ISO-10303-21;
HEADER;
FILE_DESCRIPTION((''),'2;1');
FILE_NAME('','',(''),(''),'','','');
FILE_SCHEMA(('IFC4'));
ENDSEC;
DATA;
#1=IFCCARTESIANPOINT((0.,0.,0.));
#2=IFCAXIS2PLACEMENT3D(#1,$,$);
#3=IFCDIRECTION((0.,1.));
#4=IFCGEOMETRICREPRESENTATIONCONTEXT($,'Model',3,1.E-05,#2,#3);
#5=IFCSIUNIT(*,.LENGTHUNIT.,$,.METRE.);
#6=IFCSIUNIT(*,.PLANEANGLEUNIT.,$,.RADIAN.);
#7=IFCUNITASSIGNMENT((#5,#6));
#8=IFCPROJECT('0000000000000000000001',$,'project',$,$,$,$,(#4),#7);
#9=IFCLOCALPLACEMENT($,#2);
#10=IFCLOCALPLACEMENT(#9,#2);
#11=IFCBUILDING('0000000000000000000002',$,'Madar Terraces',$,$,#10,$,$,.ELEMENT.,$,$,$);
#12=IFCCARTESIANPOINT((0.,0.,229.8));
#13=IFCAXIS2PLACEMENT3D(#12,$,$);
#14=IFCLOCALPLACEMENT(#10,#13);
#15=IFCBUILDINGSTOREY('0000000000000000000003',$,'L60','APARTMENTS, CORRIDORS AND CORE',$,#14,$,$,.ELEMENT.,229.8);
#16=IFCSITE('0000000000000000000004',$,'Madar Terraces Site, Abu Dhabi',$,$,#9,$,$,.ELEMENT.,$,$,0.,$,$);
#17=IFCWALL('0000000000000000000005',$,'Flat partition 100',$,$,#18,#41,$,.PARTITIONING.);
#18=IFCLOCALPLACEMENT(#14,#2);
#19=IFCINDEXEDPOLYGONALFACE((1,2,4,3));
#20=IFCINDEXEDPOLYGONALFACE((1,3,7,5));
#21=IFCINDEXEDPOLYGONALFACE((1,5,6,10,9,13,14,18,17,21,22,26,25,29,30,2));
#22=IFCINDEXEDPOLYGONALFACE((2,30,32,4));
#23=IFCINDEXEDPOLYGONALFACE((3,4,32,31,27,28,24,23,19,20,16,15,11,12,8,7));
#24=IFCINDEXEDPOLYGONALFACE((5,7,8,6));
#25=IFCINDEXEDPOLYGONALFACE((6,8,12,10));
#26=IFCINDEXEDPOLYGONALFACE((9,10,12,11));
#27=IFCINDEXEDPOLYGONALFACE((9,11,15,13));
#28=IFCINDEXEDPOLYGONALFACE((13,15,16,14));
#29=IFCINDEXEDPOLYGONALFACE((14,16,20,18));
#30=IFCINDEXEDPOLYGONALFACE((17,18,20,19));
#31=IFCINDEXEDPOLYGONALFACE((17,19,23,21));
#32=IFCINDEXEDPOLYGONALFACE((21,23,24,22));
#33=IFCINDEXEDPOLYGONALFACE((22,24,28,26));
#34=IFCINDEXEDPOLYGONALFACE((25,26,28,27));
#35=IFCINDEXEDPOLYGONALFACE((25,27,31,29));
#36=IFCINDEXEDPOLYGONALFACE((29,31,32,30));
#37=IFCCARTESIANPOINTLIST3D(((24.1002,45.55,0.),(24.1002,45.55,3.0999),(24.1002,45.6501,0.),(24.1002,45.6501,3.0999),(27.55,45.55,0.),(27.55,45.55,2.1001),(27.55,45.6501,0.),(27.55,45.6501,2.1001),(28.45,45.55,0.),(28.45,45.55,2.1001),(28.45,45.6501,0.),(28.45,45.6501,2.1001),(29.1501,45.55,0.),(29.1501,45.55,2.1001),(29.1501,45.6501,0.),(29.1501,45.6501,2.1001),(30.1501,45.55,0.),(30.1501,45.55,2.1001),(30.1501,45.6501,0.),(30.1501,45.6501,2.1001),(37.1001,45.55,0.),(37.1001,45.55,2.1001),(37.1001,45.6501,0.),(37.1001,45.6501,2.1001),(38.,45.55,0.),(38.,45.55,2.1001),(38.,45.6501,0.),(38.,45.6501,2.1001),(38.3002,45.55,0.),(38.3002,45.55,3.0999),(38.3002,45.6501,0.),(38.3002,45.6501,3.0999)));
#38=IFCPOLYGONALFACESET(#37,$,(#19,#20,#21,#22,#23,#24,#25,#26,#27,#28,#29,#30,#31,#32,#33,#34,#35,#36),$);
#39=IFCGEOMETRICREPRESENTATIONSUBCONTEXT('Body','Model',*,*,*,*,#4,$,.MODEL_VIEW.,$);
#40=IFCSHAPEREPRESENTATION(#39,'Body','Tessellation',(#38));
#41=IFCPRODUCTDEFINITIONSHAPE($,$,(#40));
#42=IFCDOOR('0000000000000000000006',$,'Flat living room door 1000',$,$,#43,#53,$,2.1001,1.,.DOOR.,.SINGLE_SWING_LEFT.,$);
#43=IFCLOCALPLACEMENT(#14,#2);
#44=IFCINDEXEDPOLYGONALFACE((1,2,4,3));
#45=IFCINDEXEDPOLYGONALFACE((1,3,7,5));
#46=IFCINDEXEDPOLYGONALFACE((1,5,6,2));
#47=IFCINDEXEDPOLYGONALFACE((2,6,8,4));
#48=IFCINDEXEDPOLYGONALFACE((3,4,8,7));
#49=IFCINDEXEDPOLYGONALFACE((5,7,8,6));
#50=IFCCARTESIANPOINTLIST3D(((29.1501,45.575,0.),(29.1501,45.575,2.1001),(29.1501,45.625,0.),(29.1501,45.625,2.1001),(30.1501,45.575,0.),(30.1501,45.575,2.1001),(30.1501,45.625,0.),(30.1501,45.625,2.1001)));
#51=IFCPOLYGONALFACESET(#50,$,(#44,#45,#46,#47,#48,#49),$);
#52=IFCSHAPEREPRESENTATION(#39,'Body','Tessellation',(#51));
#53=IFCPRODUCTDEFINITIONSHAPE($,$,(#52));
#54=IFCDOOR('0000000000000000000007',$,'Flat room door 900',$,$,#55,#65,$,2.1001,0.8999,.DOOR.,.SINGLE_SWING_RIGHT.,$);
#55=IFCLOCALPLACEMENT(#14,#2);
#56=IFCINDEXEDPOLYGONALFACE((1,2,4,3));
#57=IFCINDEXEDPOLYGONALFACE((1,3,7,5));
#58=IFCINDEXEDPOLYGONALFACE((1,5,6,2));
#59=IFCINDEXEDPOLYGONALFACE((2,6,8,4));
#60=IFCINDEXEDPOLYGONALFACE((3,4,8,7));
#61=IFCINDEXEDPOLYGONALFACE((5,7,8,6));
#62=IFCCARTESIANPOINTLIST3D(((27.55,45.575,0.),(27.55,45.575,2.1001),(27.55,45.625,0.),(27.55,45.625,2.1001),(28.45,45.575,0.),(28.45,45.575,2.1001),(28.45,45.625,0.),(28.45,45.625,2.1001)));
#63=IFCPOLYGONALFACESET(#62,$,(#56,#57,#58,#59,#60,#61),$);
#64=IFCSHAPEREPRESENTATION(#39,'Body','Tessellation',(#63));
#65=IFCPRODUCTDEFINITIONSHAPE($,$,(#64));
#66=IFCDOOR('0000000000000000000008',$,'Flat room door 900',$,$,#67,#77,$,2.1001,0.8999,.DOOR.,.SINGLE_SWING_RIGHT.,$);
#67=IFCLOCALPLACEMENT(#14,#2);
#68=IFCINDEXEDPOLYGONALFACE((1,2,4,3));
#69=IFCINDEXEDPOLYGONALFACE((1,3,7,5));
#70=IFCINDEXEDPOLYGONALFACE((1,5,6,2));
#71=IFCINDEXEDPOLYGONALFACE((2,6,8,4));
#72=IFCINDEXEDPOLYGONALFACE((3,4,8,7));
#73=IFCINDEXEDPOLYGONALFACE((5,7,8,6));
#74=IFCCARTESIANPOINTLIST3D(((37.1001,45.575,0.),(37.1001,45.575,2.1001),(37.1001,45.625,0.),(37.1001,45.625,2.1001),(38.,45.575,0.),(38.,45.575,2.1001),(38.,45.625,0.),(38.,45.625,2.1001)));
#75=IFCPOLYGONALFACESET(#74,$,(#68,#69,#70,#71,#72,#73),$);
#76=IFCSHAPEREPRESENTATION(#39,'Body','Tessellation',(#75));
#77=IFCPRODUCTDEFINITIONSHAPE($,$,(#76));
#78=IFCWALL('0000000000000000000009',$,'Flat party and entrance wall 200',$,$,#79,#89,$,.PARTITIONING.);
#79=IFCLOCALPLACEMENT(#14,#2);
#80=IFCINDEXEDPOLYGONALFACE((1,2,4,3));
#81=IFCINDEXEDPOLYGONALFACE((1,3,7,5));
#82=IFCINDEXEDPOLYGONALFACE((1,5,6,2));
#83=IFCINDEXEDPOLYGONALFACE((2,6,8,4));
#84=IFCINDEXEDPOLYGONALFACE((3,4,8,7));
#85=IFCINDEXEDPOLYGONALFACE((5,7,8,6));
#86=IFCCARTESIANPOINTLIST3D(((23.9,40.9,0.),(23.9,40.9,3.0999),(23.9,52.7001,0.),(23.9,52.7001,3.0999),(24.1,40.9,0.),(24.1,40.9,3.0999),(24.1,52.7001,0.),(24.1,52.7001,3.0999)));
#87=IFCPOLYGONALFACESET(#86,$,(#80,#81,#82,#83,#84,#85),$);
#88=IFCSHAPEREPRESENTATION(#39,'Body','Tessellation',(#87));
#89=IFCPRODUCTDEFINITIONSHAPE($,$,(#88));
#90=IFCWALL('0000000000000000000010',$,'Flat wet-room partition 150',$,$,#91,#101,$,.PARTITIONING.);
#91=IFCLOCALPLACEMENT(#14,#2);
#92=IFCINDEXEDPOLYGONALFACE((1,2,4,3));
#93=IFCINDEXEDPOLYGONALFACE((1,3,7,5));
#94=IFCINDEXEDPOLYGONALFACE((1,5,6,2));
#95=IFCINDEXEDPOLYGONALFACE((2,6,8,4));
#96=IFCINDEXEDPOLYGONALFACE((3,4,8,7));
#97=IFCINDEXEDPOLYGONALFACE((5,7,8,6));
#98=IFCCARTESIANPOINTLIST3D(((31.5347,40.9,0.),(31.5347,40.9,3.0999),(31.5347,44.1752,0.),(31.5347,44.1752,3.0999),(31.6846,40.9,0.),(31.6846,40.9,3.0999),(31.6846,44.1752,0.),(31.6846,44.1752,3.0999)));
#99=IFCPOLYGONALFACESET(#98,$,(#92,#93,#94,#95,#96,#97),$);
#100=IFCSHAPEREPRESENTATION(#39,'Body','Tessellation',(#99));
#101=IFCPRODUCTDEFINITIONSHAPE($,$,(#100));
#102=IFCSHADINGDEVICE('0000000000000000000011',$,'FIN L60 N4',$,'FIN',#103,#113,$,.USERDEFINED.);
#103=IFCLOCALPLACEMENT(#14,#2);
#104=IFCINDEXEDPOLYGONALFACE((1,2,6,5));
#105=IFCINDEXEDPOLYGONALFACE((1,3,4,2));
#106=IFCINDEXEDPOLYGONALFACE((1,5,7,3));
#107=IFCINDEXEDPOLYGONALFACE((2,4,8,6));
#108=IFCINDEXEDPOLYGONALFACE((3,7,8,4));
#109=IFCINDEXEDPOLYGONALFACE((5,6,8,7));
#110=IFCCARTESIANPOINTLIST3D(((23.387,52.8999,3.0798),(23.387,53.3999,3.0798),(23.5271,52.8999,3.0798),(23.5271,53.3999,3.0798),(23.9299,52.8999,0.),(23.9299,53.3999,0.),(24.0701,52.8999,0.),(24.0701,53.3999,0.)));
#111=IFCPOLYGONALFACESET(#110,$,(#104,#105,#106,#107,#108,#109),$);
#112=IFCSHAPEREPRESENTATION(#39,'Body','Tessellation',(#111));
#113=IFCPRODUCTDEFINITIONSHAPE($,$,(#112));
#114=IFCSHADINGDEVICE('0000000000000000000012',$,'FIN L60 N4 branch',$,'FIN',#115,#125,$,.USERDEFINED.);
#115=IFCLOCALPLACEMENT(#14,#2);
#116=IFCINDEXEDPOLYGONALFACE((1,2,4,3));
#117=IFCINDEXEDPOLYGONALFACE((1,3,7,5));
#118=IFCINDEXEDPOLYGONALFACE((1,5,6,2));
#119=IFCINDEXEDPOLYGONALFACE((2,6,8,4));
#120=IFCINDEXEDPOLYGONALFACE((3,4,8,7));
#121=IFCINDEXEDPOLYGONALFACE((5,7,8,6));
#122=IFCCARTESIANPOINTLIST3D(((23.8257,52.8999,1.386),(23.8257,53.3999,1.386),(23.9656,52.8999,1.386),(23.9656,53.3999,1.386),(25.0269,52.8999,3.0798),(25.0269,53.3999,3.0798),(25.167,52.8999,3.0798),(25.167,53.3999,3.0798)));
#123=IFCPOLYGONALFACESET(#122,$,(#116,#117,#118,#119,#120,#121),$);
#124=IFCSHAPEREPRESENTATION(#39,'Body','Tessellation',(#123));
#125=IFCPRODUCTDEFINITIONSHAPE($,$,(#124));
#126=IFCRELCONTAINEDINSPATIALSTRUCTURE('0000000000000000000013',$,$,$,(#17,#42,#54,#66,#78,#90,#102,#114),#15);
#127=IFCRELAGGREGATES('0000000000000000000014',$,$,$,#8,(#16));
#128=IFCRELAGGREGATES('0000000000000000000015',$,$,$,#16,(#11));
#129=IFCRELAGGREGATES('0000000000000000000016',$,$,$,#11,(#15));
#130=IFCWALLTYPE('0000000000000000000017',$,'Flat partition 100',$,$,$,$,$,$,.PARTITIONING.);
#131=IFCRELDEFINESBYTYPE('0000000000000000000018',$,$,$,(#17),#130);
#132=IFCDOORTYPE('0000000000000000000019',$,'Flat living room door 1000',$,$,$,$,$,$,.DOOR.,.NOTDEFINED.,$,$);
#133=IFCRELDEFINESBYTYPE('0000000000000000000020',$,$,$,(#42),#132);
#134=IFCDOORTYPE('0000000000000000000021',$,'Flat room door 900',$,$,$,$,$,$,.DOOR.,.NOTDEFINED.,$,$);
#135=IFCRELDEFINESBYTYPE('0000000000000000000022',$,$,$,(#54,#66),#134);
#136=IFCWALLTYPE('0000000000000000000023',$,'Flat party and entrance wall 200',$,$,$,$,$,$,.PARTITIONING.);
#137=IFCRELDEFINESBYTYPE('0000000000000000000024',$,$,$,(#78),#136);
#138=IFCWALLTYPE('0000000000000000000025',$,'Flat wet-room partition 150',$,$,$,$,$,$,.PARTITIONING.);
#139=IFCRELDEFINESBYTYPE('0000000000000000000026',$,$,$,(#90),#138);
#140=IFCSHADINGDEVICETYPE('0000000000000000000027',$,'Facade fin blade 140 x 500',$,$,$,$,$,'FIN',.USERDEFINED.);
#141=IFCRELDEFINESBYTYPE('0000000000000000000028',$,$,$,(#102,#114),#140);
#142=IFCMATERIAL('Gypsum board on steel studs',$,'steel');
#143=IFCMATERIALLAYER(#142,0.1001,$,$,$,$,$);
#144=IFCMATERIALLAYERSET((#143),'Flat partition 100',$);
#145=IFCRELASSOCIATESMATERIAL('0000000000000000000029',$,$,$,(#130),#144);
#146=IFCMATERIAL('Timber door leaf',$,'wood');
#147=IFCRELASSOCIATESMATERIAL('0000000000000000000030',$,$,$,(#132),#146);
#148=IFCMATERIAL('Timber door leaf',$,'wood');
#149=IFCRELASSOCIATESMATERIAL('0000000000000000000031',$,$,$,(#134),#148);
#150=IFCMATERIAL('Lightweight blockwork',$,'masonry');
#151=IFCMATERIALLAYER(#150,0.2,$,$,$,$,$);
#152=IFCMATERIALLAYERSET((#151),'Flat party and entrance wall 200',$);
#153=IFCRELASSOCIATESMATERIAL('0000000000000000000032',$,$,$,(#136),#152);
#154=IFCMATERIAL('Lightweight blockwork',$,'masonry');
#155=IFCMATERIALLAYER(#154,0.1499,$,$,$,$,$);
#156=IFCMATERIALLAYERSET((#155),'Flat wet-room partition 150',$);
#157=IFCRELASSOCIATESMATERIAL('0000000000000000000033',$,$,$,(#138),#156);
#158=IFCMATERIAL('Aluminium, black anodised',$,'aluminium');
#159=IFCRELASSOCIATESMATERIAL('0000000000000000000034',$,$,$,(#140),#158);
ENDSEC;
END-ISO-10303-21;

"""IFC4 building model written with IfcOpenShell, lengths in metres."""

from ifc_helpers import new_model, si_unit, direction, frame, frame_2d, origin, place, context, subcontext, project, spatial, polyline, rectangle, outline, extrude, material, layer, layer_set, type_object, element, fill, save


model = new_model("IFC4")

# Units and contexts
model_context = context("Model", 3, precision=1e-05, world=origin(), true_north=direction((0.0, 1.0)))
body_context = subcontext(model_context, "Body", "Model", "MODEL_VIEW")
ifc_project = project(units=[si_unit("LENGTHUNIT", "METRE"), si_unit("PLANEANGLEUNIT", "RADIAN")], contexts=[model_context])

# Site, building, storey
site_placement = place(None, origin())
site = spatial("IfcSite", under=ifc_project, at=site_placement, Name="Madar Terraces Site, Abu Dhabi", CompositionType="ELEMENT", RefElevation=0.0)
building_placement = place(site_placement, origin())
building = spatial("IfcBuilding", under=site, at=building_placement, Name="Madar Terraces", CompositionType="ELEMENT")
storey_placement = place(building_placement, frame((0.0, 0.0, 229.8)))
storey = spatial("IfcBuildingStorey", under=building, at=storey_placement, Name="L60", Description="APARTMENTS, CORRIDORS AND CORE", CompositionType="ELEMENT", Elevation=229.8)

# Shared definitions
ifc_material_1 = material(Name="Gypsum board on steel studs", Category="steel")
ifc_layer_1 = layer(ifc_material_1, 0.1001)
ifc_layer_set_1 = layer_set([ifc_layer_1], Name="Flat partition 100")
wall_type_1 = type_object("IfcWallType", Name="Flat partition 100", PredefinedType="PARTITIONING", material=ifc_layer_set_1)

# Wall, openings, doors
wall_1_placement = place(storey_placement, frame((24.1001, 45.6001, 0.0), z_axis=(0.0, 0.0, 1.0), x_axis=(1.0, 0.0, 0.0)))
wall_1 = element("IfcWall", 1, at=wall_1_placement, inside=storey, type_object=wall_type_1, Name="Flat partition 100", PredefinedType="PARTITIONING", context=body_context, shape_type="SweptSolid", body=[
    extrude(rectangle(XDim=14.2, YDim=0.1001, at=frame_2d((7.1001, 0.0))), origin(), (0.0, 0.0, 1.0), 3.0999),
])
opening_1_placement = place(wall_1_placement, frame((3.45, 0.0, 0.0)))
opening_1 = element("IfcOpeningElement", 2, at=opening_1_placement, cuts=wall_1, PredefinedType="OPENING", context=body_context, shape_type="SweptSolid", body=[
    extrude(rectangle(XDim=0.8999, YDim=2.1001, at=frame_2d((0.45, 1.05))), frame((0.0, 0.0601, 0.0), z_axis=(0.0, -1.0, 0.0), x_axis=(1.0, 0.0, 0.0)), (0.0, 0.0, 1.0), 0.1201),
])
opening_2_placement = place(wall_1_placement, frame((5.05, 0.0, 0.0)))
opening_2 = element("IfcOpeningElement", 3, at=opening_2_placement, cuts=wall_1, PredefinedType="OPENING", context=body_context, shape_type="SweptSolid", body=[
    extrude(rectangle(XDim=1.0, YDim=2.1001, at=frame_2d((0.5, 1.05))), frame((0.0, 0.0601, 0.0), z_axis=(0.0, -1.0, 0.0), x_axis=(1.0, 0.0, 0.0)), (0.0, 0.0, 1.0), 0.1201),
])
opening_3_placement = place(wall_1_placement, frame((13.0, 0.0, 0.0)))
opening_3 = element("IfcOpeningElement", 4, at=opening_3_placement, cuts=wall_1, PredefinedType="OPENING", context=body_context, shape_type="SweptSolid", body=[
    extrude(rectangle(XDim=0.8999, YDim=2.1001, at=frame_2d((0.45, 1.05))), frame((0.0, 0.0601, 0.0), z_axis=(0.0, -1.0, 0.0), x_axis=(1.0, 0.0, 0.0)), (0.0, 0.0, 1.0), 0.1201),
])
ifc_material_2 = material(Name="Timber door leaf", Category="wood")
door_type_1 = type_object("IfcDoorType", Name="Flat living room door 1000", OperationType="NOTDEFINED", PredefinedType="DOOR", material=ifc_material_2)
door_1_placement = place(opening_2_placement, origin())
door_1 = element("IfcDoor", 5, at=door_1_placement, inside=storey, type_object=door_type_1, Name="Flat living room door 1000", OperationType="SINGLE_SWING_LEFT", OverallHeight=2.1001, OverallWidth=1.0, PredefinedType="DOOR", context=body_context, shape_type="SweptSolid", body=[
    extrude(rectangle(XDim=1.0, YDim=2.1001, at=frame_2d((0.5, 1.05))), frame((0.0, 0.0249, 0.0), z_axis=(0.0, -1.0, 0.0), x_axis=(1.0, 0.0, 0.0)), (0.0, 0.0, 1.0), 0.05),
])
fill(opening_2, door_1)
ifc_material_3 = material(Name="Timber door leaf", Category="wood")
door_type_2 = type_object("IfcDoorType", Name="Flat room door 900", OperationType="NOTDEFINED", PredefinedType="DOOR", material=ifc_material_3)
door_2_placement = place(opening_1_placement, origin())
door_2 = element("IfcDoor", 6, at=door_2_placement, inside=storey, type_object=door_type_2, Name="Flat room door 900", OperationType="SINGLE_SWING_RIGHT", OverallHeight=2.1001, OverallWidth=0.8999, PredefinedType="DOOR", context=body_context, shape_type="SweptSolid", body=[
    extrude(rectangle(XDim=0.8999, YDim=2.1001, at=frame_2d((0.45, 1.05))), frame((0.0, 0.0249, 0.0), z_axis=(0.0, -1.0, 0.0), x_axis=(1.0, 0.0, 0.0)), (0.0, 0.0, 1.0), 0.05),
])
fill(opening_1, door_2)
door_3_placement = place(opening_3_placement, origin())
door_3 = element("IfcDoor", 7, at=door_3_placement, inside=storey, type_object=door_type_2, Name="Flat room door 900", OperationType="SINGLE_SWING_RIGHT", OverallHeight=2.1001, OverallWidth=0.8999, PredefinedType="DOOR", context=body_context, shape_type="SweptSolid", body=[
    extrude(rectangle(XDim=0.8999, YDim=2.1001, at=frame_2d((0.45, 1.05))), frame((0.0, 0.0249, 0.0), z_axis=(0.0, -1.0, 0.0), x_axis=(1.0, 0.0, 0.0)), (0.0, 0.0, 1.0), 0.05),
])
fill(opening_3, door_3)

# Walls
ifc_material_4 = material(Name="Lightweight blockwork", Category="masonry")
ifc_layer_2 = layer(ifc_material_4, 0.2)
ifc_layer_set_2 = layer_set([ifc_layer_2], Name="Flat party and entrance wall 200")
wall_type_2 = type_object("IfcWallType", Name="Flat party and entrance wall 200", PredefinedType="PARTITIONING", material=ifc_layer_set_2)
wall_2_placement = place(storey_placement, frame((24.0, 52.7, 0.0), z_axis=(0.0, 0.0, 1.0), x_axis=(0.0, -1.0, 0.0)))
element("IfcWall", 8, at=wall_2_placement, inside=storey, type_object=wall_type_2, Name="Flat party and entrance wall 200", PredefinedType="PARTITIONING", context=body_context, shape_type="SweptSolid", body=[
    extrude(rectangle(XDim=11.8, YDim=0.2, at=frame_2d((5.8999, 0.0))), origin(), (0.0, 0.0, 1.0), 3.0999),
])
ifc_material_5 = material(Name="Lightweight blockwork", Category="masonry")
ifc_layer_3 = layer(ifc_material_5, 0.1499)
ifc_layer_set_3 = layer_set([ifc_layer_3], Name="Flat wet-room partition 150")
wall_type_3 = type_object("IfcWallType", Name="Flat wet-room partition 150", PredefinedType="PARTITIONING", material=ifc_layer_set_3)
wall_3_placement = place(storey_placement, frame((31.6096, 40.8999, 0.0), z_axis=(0.0, 0.0, 1.0), x_axis=(0.0, 1.0, 0.0)))
element("IfcWall", 9, at=wall_3_placement, inside=storey, type_object=wall_type_3, Name="Flat wet-room partition 150", PredefinedType="PARTITIONING", context=body_context, shape_type="SweptSolid", body=[
    extrude(rectangle(XDim=3.2751, YDim=0.1499, at=frame_2d((1.6377, 0.0))), origin(), (0.0, 0.0, 1.0), 3.0999),
])

# Shading devices
ifc_material_6 = material(Name="Aluminium, black anodised", Category="aluminium")
shading_device_type = type_object("IfcShadingDeviceType", Name="Facade fin blade 140 x 500", ElementType="FIN", PredefinedType="USERDEFINED", material=ifc_material_6)
shading_device_1_placement = place(storey_placement, frame((24.0701, 53.1499, 0.0), z_axis=(0.0, 0.0, 1.0), x_axis=(-1.0, 0.0, 0.0)))
element("IfcShadingDevice", 10, at=shading_device_1_placement, inside=storey, type_object=shading_device_type, Name="FIN L60 N4", ObjectType="FIN", PredefinedType="USERDEFINED", context=body_context, shape_type="SweptSolid", body=[
    extrude(outline(polyline([(0.0, 0.0), (0.1401, 0.0), (0.6831, 3.0798), (0.543, 3.0798), (0.0, 0.0)])), frame((0.0, 0.25, 0.0), z_axis=(0.0, -1.0, 0.0), x_axis=(1.0, 0.0, 0.0)), (0.0, 0.0, 1.0), 0.5),
])
shading_device_2_placement = place(storey_placement, frame((23.9656, 53.1499, 1.386), z_axis=(0.0, 0.0, 1.0), x_axis=(-1.0, 0.0, 0.0)))
element("IfcShadingDevice", 11, at=shading_device_2_placement, inside=storey, type_object=shading_device_type, Name="FIN L60 N4 branch", ObjectType="FIN", PredefinedType="USERDEFINED", context=body_context, shape_type="SweptSolid", body=[
    extrude(outline(polyline([(0.0, 0.0), (0.1399, 0.0), (-1.0613, 1.6938), (-1.2014, 1.6938), (0.0, 0.0)])), frame((0.0, 0.25, 0.0), z_axis=(0.0, -1.0, 0.0), x_axis=(1.0, 0.0, 0.0)), (0.0, 0.0, 1.0), 0.5),
])

save(model, "model.ifc")
